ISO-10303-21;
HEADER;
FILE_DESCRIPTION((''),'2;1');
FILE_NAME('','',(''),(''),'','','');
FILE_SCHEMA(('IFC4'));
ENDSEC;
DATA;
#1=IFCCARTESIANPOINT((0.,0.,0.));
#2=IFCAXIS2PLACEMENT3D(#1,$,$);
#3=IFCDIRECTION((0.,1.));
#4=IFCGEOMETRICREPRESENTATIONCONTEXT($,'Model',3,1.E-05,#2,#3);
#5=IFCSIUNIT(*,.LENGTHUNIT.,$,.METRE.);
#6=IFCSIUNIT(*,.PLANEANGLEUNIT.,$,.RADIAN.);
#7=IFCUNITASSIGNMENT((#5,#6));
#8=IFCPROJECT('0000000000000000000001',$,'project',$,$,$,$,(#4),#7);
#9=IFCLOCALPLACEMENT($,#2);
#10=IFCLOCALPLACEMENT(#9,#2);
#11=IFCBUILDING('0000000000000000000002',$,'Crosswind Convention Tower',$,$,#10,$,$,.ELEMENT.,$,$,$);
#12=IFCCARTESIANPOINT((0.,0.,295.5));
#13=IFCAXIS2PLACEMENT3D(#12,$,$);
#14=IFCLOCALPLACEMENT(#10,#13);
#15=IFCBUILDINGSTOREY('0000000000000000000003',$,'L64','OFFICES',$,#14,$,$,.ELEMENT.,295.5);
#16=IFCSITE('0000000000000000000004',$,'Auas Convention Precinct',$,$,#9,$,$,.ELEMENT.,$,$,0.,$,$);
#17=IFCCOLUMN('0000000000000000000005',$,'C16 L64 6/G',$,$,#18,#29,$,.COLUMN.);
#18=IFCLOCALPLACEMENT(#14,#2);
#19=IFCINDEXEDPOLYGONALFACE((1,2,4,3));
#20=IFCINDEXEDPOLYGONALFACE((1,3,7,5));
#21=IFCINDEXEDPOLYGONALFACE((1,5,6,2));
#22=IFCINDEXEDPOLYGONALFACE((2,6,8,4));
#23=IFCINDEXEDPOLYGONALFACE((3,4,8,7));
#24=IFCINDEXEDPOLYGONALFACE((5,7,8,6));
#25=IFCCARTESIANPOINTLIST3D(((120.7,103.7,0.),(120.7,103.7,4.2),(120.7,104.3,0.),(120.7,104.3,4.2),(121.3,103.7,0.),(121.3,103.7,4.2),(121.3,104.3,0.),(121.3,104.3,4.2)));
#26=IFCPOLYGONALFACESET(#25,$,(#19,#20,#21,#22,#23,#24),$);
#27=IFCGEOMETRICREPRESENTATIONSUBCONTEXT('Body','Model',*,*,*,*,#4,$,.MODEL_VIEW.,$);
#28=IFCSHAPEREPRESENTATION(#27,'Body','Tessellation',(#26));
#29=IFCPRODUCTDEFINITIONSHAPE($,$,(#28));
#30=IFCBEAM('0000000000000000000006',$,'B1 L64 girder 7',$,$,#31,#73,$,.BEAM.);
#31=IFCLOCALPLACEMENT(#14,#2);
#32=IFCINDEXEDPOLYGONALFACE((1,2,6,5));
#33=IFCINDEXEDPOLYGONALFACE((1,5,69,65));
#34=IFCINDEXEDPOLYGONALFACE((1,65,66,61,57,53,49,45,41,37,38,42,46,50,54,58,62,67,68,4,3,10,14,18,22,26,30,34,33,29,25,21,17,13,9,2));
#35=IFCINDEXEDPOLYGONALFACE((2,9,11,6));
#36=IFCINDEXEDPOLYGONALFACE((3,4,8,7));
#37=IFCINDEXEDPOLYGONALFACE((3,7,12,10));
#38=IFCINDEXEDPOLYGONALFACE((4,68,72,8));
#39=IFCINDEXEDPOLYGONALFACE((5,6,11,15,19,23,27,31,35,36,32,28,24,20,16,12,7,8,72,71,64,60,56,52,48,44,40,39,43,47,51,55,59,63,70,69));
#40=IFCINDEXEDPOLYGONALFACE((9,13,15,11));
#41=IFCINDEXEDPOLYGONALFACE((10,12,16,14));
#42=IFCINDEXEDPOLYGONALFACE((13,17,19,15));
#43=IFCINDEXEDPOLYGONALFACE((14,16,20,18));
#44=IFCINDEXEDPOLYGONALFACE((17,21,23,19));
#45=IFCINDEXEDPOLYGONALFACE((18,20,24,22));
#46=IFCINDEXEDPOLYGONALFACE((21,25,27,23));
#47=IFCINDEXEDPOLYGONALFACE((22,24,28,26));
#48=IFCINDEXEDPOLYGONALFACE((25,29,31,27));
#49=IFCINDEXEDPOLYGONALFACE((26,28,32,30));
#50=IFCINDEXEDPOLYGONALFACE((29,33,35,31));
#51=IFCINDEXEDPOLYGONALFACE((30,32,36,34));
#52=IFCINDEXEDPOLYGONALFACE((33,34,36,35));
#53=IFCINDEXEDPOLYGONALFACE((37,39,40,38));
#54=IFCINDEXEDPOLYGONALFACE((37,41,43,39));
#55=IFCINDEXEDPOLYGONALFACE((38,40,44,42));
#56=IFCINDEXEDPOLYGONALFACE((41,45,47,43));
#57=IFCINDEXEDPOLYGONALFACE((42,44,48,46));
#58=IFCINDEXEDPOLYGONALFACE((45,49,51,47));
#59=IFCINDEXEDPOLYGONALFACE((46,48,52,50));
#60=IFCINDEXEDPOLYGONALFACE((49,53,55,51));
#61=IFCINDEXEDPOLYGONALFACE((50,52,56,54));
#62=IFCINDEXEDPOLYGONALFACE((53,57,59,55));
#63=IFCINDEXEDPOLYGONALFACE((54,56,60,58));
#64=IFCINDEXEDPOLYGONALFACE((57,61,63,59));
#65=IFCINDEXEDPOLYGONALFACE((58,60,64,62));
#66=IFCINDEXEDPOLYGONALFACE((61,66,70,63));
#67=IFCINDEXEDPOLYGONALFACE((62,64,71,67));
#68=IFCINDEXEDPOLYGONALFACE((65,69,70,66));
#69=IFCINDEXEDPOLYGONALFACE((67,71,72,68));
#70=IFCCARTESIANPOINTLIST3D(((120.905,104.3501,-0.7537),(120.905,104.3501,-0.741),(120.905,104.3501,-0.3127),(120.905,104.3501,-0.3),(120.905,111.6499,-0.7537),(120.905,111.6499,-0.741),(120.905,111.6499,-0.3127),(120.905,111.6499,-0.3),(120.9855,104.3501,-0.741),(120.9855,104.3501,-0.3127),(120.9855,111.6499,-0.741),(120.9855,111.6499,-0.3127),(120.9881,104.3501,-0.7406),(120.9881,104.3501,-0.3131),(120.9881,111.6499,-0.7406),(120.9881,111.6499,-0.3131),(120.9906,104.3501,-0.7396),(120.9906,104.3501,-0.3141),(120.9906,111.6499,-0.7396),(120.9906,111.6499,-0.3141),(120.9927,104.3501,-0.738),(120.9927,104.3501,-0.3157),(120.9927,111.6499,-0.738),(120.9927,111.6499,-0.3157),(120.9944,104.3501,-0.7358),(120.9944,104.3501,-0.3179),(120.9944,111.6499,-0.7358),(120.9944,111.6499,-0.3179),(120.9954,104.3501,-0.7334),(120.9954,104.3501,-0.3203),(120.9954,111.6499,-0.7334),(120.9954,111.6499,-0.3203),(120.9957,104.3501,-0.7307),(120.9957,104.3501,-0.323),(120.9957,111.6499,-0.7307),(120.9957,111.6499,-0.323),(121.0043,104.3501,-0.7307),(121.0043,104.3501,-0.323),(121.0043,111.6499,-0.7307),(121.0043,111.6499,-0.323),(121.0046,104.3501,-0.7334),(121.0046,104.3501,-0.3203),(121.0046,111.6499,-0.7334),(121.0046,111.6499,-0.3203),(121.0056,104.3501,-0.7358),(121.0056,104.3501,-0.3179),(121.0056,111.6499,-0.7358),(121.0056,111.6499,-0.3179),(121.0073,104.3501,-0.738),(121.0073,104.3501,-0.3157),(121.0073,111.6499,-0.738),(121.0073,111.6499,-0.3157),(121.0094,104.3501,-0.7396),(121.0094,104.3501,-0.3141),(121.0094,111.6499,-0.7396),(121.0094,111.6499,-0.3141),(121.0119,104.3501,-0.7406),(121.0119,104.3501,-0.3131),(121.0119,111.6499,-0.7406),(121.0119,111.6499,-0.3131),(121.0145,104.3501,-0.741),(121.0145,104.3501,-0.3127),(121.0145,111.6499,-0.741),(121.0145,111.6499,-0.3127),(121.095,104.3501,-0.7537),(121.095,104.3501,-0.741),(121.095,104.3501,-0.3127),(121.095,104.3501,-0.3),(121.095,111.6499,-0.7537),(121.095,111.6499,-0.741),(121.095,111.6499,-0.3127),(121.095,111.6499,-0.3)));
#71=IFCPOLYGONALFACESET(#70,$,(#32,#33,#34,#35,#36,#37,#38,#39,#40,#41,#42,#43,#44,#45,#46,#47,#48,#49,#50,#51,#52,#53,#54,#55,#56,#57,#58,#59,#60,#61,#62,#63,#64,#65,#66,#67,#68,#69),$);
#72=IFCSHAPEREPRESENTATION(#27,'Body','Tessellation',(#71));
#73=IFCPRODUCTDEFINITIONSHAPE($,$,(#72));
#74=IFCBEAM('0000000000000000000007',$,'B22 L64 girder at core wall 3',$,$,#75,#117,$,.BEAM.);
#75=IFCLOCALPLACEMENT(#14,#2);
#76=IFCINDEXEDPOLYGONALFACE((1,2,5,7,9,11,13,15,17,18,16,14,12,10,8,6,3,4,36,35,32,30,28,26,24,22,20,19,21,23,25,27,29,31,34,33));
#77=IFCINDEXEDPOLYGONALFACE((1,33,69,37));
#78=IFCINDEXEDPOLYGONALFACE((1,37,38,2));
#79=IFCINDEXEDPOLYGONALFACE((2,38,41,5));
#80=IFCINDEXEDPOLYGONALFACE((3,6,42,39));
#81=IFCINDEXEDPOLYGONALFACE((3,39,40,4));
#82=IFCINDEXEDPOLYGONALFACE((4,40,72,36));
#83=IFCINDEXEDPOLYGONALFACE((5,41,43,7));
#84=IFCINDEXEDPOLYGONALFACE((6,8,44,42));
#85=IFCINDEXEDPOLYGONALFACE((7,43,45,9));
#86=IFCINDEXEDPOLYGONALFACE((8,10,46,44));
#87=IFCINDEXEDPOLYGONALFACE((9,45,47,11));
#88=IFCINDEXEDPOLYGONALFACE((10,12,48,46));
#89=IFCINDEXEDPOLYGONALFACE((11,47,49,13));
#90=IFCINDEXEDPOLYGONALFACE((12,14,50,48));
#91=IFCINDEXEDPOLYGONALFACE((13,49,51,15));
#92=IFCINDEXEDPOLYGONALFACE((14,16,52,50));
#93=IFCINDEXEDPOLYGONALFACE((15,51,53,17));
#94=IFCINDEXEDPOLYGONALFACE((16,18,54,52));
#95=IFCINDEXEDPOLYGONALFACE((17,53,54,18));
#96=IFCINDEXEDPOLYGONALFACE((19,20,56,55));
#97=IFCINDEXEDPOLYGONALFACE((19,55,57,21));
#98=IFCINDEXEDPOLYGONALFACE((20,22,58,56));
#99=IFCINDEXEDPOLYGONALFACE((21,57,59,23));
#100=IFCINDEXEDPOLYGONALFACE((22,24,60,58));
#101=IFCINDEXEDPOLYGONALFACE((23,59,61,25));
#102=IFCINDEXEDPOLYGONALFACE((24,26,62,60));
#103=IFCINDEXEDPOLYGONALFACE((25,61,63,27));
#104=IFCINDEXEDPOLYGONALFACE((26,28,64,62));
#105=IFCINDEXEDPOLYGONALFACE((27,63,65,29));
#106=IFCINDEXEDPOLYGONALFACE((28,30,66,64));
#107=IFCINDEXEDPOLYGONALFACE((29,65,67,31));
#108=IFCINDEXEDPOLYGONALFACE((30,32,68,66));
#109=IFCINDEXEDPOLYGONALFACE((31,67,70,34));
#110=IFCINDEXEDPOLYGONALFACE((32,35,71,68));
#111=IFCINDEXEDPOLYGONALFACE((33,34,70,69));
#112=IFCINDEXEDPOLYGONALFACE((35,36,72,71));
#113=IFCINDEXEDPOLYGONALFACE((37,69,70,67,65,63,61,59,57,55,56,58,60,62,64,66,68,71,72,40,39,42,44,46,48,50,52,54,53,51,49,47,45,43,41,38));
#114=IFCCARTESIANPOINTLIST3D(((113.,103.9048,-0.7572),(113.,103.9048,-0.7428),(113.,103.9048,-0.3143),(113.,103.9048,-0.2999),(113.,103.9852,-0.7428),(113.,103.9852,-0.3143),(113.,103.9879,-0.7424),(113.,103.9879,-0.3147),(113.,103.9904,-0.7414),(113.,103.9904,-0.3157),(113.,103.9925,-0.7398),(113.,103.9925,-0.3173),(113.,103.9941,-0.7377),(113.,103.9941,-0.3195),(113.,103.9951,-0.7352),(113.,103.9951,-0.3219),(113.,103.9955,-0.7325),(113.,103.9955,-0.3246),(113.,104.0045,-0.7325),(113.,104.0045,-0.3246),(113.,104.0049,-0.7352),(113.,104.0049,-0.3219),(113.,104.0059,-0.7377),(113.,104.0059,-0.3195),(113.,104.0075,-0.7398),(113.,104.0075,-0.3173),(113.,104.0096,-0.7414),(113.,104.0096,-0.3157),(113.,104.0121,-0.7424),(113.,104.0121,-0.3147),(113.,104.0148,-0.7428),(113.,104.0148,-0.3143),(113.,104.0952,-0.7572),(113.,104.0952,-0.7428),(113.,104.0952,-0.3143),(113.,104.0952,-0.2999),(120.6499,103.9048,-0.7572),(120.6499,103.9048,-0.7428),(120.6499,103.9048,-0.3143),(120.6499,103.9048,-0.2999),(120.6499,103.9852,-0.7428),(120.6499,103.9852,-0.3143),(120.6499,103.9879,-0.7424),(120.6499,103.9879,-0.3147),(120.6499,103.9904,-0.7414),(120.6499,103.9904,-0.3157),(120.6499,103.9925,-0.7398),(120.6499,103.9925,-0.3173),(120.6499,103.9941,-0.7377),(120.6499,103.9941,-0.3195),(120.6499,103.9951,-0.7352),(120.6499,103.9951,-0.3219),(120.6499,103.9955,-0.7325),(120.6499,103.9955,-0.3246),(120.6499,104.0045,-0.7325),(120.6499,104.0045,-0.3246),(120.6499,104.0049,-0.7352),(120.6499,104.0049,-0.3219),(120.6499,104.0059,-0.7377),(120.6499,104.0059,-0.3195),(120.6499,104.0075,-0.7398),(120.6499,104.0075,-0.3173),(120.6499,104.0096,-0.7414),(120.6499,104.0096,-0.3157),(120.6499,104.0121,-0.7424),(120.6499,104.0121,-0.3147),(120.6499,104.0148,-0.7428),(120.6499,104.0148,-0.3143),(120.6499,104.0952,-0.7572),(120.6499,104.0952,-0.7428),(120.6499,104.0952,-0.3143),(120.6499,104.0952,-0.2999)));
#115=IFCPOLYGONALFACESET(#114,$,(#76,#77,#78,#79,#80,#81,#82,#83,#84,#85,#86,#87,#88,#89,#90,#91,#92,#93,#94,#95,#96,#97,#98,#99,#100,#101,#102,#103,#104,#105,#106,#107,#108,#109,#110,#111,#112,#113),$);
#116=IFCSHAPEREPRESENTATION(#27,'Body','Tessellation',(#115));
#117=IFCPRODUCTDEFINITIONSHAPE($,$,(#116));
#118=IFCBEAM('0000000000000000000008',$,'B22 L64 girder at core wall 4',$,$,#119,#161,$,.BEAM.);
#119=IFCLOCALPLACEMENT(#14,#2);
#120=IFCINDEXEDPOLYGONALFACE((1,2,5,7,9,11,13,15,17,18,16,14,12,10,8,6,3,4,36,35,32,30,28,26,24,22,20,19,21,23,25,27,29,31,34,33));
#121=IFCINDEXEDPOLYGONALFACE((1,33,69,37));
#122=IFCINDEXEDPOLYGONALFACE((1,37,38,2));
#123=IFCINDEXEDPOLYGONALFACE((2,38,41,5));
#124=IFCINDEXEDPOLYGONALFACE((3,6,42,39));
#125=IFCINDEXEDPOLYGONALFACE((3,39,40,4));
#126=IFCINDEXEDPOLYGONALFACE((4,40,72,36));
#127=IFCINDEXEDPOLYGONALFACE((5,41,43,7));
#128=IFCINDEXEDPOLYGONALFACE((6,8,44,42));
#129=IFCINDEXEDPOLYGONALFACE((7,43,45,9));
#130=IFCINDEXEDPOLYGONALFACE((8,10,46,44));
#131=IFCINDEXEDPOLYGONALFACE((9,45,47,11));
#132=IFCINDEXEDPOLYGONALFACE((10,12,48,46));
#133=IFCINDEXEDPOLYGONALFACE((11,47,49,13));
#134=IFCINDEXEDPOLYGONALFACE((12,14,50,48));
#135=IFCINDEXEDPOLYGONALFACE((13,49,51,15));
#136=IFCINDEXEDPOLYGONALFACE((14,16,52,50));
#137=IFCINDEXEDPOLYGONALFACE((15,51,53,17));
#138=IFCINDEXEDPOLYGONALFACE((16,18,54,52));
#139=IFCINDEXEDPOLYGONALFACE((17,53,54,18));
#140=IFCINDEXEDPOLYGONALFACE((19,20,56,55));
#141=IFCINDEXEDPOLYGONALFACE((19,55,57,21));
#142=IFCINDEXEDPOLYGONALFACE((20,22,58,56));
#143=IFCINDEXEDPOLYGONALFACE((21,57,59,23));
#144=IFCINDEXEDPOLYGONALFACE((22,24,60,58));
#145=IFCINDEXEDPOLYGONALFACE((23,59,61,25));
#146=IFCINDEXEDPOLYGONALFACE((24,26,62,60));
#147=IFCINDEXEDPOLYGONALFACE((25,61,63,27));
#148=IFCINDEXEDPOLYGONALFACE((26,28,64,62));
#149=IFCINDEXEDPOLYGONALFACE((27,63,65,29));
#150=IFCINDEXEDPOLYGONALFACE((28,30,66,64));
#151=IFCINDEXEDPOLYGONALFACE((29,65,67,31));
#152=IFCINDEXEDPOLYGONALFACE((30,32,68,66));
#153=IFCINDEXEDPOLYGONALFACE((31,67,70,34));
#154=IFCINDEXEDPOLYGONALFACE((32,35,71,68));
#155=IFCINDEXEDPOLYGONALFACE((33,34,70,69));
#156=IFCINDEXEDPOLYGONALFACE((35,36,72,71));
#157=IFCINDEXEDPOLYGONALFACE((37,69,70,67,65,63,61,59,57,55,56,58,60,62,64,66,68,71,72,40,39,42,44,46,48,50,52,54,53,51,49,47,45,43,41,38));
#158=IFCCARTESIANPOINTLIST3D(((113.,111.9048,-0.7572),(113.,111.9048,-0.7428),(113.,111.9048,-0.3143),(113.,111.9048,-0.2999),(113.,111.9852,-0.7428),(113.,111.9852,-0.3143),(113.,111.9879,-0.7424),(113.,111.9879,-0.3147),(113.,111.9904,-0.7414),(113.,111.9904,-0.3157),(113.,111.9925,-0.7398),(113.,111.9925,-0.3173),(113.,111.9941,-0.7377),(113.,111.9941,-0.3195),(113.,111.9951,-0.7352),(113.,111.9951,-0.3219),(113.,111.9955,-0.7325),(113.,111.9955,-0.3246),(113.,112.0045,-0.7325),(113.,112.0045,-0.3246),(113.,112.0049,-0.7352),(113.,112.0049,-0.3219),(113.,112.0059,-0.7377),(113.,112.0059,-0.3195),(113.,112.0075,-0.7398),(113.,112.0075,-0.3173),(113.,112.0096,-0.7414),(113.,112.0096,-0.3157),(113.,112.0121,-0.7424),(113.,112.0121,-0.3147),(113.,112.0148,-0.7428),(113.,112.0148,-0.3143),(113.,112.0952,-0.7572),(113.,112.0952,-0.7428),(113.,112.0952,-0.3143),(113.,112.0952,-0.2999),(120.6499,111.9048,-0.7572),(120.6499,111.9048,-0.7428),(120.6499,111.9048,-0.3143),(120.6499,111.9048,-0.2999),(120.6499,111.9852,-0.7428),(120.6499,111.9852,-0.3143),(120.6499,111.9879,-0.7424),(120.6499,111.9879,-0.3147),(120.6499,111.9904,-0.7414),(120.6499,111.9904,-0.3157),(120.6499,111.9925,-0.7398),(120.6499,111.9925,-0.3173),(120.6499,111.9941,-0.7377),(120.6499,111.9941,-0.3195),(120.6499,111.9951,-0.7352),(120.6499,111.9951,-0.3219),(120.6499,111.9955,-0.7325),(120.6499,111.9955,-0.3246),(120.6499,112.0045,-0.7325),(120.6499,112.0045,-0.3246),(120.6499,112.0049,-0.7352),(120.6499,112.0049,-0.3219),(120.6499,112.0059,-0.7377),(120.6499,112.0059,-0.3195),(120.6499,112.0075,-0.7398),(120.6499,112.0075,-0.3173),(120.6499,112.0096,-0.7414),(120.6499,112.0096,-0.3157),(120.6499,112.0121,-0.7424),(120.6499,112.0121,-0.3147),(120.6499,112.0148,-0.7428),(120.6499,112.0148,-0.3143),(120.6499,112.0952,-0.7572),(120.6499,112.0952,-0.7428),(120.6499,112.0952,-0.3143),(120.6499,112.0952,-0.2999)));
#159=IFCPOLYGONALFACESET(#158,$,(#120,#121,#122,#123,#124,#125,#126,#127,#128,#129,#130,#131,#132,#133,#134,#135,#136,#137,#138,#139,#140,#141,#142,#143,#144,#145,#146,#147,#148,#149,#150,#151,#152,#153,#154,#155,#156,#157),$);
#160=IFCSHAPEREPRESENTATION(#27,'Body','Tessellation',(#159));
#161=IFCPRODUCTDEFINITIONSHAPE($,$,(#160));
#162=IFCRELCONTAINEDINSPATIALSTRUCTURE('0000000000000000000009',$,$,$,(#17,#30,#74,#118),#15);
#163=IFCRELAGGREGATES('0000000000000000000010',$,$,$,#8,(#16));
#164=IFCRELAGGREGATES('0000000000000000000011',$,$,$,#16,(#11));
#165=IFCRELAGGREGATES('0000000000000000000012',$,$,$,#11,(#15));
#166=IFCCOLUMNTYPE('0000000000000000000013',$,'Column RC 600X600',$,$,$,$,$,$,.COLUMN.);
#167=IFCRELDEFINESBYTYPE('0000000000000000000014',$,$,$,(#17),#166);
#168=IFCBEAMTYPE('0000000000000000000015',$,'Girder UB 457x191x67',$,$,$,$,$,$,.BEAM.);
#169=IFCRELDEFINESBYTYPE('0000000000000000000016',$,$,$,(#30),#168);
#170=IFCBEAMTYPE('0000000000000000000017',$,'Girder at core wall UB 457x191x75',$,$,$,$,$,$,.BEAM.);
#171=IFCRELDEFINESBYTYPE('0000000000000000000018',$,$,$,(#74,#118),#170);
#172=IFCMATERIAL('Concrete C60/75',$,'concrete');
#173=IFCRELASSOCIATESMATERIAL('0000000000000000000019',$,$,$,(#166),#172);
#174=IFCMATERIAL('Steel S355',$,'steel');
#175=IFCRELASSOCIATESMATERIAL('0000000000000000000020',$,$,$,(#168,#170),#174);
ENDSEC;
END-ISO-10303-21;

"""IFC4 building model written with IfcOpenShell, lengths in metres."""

from ifc_helpers import new_model, si_unit, direction, frame, origin, origin_2d, place, context, subcontext, project, spatial, rectangle, i_section, extrude, material, material_profile, profile_set, type_object, element, save


model = new_model("IFC4")

# Units and contexts
model_context = context("Model", 3, precision=1e-05, world=origin(), true_north=direction((0.0, 1.0)))
body_context = subcontext(model_context, "Body", "Model", "MODEL_VIEW")
ifc_project = project(units=[si_unit("LENGTHUNIT", "METRE"), si_unit("PLANEANGLEUNIT", "RADIAN")], contexts=[model_context])

# Site, building, storey
site_placement = place(None, origin())
site = spatial("IfcSite", under=ifc_project, at=site_placement, Name="Auas Convention Precinct", CompositionType="ELEMENT", RefElevation=0.0)
building_placement = place(site_placement, origin())
building = spatial("IfcBuilding", under=site, at=building_placement, Name="Crosswind Convention Tower", CompositionType="ELEMENT")
storey_placement = place(building_placement, frame((0.0, 0.0, 295.5)))
storey = spatial("IfcBuildingStorey", under=building, at=storey_placement, Name="L64", Description="OFFICES", CompositionType="ELEMENT", Elevation=295.5)

# Column
ifc_material_1 = material(Name="Concrete C60/75", Category="concrete")
ifc_material_profile_1 = material_profile(ifc_material_1, rectangle(XDim=0.6001, YDim=0.6001, at=origin_2d()), Name="RC 600X600")
ifc_profile_set_1 = profile_set([ifc_material_profile_1], Name="Concrete C60/75")
column_type = type_object("IfcColumnType", Name="Column RC 600X600", PredefinedType="COLUMN", material=ifc_profile_set_1)
column_placement = place(storey_placement, frame((121.0, 104.0, 0.0), z_axis=(0.0, 0.0, 1.0), x_axis=(1.0, 0.0, 0.0)))
element("IfcColumn", 1, at=column_placement, inside=storey, type_object=column_type, Name="C16 L64 6/G", PredefinedType="COLUMN", context=body_context, shape_type="SweptSolid", body=[
    extrude(rectangle(XDim=0.6001, YDim=0.6001, at=origin_2d()), origin(), (0.0, 0.0, 1.0), 4.2),
])

# Beams
ifc_material_2 = material(Name="Steel S355", Category="steel")
ifc_material_profile_2 = material_profile(ifc_material_2, i_section(OverallWidth=0.1899, OverallDepth=0.4536, WebThickness=0.0085, FlangeThickness=0.0127, FilletRadius=0.0103, at=origin_2d()), Name="UB 457x191x67")
ifc_profile_set_2 = profile_set([ifc_material_profile_2], Name="Steel S355")
beam_type_1 = type_object("IfcBeamType", Name="Girder UB 457x191x67", PredefinedType="BEAM", material=ifc_profile_set_2)
beam_placement = place(storey_placement, frame((121.0, 104.3501, -0.5269), z_axis=(0.0, 1.0, 0.0), x_axis=(-1.0, 0.0, 0.0)))
element("IfcBeam", 2, at=beam_placement, inside=storey, type_object=beam_type_1, Name="B1 L64 girder 7", PredefinedType="BEAM", context=body_context, shape_type="SweptSolid", body=[
    extrude(i_section(OverallWidth=0.1899, OverallDepth=0.4536, WebThickness=0.0085, FlangeThickness=0.0127, FilletRadius=0.0103, at=origin_2d()), origin(), (0.0, 0.0, 1.0), 7.2998),
])
ifc_material_profile_3 = material_profile(ifc_material_2, i_section(OverallWidth=0.1904, OverallDepth=0.4573, WebThickness=0.009, FlangeThickness=0.0144, FilletRadius=0.0103, at=origin_2d()), Name="UB 457x191x75")
ifc_profile_set_3 = profile_set([ifc_material_profile_3], Name="Steel S355")
beam_type_2 = type_object("IfcBeamType", Name="Girder at core wall UB 457x191x75", PredefinedType="BEAM", material=ifc_profile_set_3)
for number, where, z_axis, x_axis, name in (
    (3, (113.0, 104.0, -0.5286), (1.0, 0.0, 0.0), (0.0, 1.0, 0.0), "B22 L64 girder at core wall 3"),
    (4, (113.0, 112.0, -0.5286), (1.0, 0.0, 0.0), (0.0, 1.0, 0.0), "B22 L64 girder at core wall 4"),
):
    element("IfcBeam", number, at=place(storey_placement, frame(where, z_axis=z_axis, x_axis=x_axis)), inside=storey, type_object=beam_type_2, Name=name, PredefinedType="BEAM", context=body_context, shape_type="SweptSolid", body=[
        extrude(i_section(OverallWidth=0.1904, OverallDepth=0.4573, WebThickness=0.009, FlangeThickness=0.0144, FilletRadius=0.0103, at=origin_2d()), origin(), (0.0, 0.0, 1.0), 7.6499),
    ])

save(model, "model.ifc")
